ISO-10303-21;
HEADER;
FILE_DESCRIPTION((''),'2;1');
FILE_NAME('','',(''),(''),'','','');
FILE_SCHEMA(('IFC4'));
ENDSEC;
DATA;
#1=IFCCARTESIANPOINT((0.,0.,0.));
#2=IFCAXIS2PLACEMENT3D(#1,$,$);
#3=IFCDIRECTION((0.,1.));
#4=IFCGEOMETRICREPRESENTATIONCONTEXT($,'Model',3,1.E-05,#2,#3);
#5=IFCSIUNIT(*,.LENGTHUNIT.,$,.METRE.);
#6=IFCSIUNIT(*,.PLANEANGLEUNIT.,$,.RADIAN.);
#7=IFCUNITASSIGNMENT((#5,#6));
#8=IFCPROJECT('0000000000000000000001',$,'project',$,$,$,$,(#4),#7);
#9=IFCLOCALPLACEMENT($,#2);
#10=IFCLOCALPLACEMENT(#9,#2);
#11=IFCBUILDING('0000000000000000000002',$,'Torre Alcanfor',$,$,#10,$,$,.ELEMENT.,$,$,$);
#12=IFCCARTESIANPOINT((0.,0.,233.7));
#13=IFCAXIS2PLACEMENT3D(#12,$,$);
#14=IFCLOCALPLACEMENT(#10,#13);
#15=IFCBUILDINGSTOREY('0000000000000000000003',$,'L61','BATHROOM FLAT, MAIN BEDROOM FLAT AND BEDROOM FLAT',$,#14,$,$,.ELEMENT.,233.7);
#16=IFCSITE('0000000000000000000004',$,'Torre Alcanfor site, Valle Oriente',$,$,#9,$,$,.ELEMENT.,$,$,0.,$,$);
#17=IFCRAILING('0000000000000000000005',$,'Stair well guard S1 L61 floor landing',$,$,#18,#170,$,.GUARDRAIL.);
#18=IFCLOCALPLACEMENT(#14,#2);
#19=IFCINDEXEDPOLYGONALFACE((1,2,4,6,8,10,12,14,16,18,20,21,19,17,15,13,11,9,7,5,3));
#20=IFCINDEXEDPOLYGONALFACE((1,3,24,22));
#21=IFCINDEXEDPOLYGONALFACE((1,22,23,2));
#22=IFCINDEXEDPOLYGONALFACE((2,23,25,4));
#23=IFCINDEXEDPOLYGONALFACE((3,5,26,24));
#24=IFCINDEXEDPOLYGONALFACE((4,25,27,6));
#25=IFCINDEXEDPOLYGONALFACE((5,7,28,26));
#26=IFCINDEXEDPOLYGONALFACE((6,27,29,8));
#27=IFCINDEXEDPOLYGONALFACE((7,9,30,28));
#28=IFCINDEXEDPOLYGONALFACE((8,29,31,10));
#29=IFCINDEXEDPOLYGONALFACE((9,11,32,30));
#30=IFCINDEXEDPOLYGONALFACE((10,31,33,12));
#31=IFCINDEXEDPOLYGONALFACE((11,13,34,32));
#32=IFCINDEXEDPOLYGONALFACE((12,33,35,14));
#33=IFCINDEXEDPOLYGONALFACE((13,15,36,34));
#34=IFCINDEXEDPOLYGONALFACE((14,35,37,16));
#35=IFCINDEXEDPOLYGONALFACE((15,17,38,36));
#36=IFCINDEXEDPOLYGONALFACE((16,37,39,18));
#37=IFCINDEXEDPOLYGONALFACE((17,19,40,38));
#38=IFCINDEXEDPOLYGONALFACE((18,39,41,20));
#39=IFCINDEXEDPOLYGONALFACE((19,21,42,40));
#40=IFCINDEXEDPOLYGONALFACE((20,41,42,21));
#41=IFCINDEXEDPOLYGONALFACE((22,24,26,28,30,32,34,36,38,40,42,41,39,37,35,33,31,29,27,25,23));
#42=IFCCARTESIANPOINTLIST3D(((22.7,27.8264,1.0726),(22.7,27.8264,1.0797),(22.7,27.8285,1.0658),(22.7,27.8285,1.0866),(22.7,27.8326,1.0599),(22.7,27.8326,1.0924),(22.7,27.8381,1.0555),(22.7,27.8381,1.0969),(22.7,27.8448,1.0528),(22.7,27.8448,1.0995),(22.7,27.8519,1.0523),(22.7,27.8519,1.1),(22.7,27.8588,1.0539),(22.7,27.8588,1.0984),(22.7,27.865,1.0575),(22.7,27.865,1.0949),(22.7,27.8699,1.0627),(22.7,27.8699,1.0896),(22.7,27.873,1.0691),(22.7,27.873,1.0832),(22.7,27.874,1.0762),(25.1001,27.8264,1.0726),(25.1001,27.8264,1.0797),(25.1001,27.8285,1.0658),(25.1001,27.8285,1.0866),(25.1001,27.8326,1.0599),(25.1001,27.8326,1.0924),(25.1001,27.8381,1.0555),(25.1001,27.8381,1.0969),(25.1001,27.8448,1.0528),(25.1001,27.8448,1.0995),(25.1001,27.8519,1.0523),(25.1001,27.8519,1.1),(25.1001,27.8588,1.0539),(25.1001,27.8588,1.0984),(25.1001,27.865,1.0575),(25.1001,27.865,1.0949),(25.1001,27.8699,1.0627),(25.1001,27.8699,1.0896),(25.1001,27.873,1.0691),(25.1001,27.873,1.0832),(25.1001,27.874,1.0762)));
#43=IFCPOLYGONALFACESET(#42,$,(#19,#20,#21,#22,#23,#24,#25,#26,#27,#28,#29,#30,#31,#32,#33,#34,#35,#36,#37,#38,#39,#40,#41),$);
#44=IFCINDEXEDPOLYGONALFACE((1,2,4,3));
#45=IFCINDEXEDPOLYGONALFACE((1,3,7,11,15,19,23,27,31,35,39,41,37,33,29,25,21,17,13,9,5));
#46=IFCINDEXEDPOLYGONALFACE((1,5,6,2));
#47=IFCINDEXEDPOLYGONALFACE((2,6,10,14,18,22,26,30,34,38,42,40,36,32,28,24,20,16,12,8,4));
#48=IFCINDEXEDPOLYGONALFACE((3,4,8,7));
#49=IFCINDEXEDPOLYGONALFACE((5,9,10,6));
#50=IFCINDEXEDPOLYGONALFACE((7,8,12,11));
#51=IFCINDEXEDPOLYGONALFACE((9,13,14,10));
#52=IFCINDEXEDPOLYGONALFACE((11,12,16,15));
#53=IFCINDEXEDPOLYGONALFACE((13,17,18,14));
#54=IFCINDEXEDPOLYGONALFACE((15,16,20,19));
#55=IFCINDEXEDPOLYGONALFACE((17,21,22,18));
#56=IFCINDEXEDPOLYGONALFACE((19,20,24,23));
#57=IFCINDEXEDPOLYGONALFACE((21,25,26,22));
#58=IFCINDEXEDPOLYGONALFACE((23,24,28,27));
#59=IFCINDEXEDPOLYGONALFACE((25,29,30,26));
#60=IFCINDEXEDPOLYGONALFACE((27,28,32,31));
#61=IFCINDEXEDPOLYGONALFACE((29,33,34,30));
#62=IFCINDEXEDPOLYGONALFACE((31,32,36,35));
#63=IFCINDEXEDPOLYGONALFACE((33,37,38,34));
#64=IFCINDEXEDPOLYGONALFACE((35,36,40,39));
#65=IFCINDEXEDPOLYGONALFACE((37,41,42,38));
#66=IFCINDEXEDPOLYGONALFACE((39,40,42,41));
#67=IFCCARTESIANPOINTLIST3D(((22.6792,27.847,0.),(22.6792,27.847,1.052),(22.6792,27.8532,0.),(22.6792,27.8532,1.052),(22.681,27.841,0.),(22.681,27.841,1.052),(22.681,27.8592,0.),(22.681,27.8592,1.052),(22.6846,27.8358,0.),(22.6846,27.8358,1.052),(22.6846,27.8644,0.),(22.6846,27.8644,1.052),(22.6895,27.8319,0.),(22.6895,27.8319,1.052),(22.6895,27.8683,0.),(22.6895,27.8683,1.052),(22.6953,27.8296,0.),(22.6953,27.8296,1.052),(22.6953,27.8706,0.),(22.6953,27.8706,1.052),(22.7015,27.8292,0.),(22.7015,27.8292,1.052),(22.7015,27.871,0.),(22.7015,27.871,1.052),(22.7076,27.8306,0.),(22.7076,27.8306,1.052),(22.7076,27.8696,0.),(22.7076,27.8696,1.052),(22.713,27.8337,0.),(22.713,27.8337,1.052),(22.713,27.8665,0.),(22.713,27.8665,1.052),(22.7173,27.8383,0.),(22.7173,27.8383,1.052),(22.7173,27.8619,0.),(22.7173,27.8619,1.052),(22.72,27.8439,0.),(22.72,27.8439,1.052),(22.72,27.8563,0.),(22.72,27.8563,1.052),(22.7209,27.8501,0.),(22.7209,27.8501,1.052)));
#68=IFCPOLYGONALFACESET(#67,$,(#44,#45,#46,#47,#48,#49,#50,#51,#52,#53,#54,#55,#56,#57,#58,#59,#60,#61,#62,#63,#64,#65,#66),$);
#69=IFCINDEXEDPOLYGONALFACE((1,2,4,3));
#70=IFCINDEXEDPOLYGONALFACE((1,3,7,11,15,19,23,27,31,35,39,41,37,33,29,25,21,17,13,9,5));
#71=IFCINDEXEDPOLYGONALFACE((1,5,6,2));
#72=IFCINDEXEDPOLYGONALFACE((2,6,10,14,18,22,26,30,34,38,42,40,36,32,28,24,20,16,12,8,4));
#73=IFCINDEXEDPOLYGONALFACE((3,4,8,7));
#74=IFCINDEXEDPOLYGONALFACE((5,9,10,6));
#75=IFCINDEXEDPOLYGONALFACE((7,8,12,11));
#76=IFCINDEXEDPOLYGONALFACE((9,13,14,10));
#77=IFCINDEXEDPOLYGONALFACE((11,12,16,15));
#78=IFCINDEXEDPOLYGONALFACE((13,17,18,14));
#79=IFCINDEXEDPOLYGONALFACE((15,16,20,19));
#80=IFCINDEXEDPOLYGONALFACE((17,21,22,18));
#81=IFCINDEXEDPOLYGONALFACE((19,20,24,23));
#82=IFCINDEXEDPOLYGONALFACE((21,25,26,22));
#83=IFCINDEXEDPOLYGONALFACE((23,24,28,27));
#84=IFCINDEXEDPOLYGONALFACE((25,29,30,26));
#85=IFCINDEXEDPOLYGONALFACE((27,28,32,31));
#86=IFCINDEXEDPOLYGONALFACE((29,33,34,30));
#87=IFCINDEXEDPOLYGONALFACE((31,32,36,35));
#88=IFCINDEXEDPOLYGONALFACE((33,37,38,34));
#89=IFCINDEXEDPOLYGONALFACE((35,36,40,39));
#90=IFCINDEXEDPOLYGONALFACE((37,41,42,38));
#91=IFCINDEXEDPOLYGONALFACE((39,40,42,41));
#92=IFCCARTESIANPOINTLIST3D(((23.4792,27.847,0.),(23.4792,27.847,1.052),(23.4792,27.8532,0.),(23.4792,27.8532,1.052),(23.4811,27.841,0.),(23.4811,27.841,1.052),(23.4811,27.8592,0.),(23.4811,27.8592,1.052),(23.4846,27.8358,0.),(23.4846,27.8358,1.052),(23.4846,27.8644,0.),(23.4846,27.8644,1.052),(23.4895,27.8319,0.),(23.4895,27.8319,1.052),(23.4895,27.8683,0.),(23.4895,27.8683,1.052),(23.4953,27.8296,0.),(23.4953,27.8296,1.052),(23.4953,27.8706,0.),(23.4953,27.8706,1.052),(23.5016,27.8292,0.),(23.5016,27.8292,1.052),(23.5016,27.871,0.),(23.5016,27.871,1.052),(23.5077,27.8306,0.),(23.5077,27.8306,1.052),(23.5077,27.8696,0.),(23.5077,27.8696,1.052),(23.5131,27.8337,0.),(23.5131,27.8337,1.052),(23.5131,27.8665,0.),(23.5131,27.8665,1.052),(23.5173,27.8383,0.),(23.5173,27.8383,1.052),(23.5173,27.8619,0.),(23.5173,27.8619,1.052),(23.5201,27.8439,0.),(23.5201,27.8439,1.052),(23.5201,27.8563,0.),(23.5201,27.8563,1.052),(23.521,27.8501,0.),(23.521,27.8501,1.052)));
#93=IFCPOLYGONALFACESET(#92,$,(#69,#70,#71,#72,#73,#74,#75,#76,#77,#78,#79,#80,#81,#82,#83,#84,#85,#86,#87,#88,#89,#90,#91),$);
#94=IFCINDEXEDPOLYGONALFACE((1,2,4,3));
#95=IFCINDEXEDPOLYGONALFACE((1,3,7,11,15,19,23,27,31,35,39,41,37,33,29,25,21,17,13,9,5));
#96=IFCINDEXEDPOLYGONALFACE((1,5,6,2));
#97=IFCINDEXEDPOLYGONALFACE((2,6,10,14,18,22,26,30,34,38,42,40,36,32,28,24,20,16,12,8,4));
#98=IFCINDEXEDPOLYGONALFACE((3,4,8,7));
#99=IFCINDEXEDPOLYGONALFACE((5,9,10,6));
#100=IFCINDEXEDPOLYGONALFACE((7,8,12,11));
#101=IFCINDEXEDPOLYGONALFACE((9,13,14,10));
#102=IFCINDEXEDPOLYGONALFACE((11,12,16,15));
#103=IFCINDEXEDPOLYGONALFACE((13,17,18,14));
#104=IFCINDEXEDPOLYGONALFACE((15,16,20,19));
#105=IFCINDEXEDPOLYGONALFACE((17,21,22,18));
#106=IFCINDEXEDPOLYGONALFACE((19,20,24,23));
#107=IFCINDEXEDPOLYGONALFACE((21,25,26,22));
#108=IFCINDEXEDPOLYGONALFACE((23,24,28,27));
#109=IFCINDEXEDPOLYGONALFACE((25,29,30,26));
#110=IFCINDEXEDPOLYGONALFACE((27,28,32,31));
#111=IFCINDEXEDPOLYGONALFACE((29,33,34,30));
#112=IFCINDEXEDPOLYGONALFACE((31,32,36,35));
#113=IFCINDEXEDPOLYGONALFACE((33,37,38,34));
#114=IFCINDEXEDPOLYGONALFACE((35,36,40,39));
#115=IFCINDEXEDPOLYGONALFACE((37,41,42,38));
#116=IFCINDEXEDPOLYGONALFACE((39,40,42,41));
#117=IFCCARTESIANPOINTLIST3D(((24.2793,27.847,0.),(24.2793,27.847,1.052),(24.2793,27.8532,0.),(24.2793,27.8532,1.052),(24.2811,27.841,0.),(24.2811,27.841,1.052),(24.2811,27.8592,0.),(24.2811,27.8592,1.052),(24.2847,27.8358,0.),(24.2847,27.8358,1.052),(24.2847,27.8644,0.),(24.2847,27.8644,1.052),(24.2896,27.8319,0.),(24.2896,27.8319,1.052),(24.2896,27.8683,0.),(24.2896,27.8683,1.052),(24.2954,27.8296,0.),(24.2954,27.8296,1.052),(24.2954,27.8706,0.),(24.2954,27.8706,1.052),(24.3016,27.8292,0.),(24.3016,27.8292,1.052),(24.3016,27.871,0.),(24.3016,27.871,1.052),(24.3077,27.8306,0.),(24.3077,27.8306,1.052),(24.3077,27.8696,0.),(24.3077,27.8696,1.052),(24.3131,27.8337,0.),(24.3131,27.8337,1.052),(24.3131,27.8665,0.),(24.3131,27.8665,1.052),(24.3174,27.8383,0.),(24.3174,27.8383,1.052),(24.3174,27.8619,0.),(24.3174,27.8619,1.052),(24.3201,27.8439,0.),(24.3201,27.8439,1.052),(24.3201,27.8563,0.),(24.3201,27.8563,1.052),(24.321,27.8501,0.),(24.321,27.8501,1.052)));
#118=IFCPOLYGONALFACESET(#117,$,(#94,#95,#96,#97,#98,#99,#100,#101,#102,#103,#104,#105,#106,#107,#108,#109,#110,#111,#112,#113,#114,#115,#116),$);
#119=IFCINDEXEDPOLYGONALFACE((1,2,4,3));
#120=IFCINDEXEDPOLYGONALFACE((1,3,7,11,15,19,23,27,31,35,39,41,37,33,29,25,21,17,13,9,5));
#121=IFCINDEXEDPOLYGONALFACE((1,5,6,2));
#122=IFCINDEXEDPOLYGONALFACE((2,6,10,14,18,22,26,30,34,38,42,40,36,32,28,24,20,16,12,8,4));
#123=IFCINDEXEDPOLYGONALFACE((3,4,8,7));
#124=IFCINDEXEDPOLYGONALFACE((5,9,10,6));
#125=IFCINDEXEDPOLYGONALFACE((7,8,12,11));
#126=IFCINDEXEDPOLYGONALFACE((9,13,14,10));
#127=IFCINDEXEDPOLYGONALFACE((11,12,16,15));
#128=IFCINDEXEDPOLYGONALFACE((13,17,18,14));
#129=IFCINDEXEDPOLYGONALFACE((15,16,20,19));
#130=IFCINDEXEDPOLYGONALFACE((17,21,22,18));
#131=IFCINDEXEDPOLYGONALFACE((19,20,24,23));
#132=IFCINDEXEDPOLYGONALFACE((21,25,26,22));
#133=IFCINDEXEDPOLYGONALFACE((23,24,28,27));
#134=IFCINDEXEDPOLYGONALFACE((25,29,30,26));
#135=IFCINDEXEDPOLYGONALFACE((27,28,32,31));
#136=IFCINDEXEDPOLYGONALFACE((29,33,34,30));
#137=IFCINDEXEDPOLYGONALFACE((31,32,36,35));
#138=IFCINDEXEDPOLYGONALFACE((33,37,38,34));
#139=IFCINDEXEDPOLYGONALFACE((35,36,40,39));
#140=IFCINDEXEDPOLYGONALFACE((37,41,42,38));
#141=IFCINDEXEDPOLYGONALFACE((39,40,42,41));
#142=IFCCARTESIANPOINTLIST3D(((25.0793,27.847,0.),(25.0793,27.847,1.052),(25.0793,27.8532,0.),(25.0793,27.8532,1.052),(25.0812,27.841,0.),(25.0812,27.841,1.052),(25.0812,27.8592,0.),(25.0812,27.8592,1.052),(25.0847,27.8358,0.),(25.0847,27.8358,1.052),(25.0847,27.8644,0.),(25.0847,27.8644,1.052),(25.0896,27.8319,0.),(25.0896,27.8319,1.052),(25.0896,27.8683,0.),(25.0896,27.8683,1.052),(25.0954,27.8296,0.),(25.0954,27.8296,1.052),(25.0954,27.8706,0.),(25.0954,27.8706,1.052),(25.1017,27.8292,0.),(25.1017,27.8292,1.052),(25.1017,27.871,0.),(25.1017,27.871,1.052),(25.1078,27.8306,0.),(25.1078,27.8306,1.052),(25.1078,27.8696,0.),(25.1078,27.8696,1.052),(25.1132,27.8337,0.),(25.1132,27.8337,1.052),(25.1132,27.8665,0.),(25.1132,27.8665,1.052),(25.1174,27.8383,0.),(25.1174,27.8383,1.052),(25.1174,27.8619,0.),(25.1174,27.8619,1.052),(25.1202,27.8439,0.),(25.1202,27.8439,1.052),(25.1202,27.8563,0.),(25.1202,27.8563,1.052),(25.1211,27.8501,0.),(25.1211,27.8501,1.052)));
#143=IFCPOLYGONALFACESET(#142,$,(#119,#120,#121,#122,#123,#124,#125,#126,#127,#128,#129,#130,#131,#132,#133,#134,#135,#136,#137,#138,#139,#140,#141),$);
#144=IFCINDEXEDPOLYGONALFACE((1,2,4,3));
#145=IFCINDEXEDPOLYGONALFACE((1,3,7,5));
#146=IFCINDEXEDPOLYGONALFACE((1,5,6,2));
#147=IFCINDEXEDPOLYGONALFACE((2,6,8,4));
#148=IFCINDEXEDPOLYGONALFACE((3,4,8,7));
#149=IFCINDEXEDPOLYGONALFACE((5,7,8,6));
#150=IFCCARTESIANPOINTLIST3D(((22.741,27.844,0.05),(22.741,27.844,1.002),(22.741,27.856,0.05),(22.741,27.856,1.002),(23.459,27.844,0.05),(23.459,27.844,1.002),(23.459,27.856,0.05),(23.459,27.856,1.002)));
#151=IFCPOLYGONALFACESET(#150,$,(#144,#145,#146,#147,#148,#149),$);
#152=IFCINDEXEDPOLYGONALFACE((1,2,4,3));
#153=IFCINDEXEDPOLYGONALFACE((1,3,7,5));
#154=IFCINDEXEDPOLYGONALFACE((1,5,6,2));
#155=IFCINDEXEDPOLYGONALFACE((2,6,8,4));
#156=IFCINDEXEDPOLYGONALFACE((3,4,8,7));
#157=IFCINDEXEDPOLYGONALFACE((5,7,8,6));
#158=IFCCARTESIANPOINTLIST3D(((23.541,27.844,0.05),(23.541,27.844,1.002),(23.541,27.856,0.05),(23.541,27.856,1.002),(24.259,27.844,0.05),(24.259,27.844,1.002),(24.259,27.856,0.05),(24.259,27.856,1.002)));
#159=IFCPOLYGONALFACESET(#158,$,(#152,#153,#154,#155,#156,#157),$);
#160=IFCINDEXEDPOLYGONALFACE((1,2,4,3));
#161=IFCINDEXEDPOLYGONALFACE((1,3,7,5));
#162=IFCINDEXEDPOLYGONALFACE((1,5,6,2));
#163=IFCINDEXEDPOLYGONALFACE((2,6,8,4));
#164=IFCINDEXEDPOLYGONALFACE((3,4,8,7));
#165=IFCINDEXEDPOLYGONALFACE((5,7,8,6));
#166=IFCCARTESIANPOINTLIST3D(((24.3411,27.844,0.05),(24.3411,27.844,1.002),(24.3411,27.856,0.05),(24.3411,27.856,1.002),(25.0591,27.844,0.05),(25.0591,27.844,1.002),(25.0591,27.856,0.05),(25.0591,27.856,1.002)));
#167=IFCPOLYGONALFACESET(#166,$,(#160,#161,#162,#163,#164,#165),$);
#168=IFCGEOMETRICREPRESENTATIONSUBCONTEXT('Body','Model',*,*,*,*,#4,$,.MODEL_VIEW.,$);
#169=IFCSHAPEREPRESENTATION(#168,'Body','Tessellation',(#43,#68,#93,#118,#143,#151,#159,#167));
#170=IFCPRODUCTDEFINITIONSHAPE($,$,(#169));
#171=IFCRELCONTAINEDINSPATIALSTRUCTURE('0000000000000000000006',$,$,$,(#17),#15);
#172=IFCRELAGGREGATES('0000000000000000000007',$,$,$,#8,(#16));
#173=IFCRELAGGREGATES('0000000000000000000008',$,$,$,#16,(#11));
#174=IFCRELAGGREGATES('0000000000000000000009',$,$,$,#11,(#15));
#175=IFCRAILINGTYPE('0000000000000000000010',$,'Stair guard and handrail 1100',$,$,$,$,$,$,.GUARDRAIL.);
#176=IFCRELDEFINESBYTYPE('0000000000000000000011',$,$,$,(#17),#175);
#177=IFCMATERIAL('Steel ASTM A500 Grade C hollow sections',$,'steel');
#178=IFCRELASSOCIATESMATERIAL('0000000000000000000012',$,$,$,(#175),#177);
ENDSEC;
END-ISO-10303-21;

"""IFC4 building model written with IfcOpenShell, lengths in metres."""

from ifc_helpers import new_model, si_unit, direction, frame, origin, origin_2d, place, context, subcontext, project, spatial, polyline, circle, outline, extrude, material, type_object, element, save


model = new_model("IFC4")

# Units and contexts
model_context = context("Model", 3, precision=1e-05, world=origin(), true_north=direction((0.0, 1.0)))
body_context = subcontext(model_context, "Body", "Model", "MODEL_VIEW")
ifc_project = project(units=[si_unit("LENGTHUNIT", "METRE"), si_unit("PLANEANGLEUNIT", "RADIAN")], contexts=[model_context])

# Site, building, storey
site_placement = place(None, origin())
site = spatial("IfcSite", under=ifc_project, at=site_placement, Name="Torre Alcanfor site, Valle Oriente", CompositionType="ELEMENT", RefElevation=0.0)
building_placement = place(site_placement, origin())
building = spatial("IfcBuilding", under=site, at=building_placement, Name="Torre Alcanfor", CompositionType="ELEMENT")
storey_placement = place(building_placement, frame((0.0, 0.0, 233.7)))
storey = spatial("IfcBuildingStorey", under=building, at=storey_placement, Name="L61", Description="BATHROOM FLAT, MAIN BEDROOM FLAT AND BEDROOM FLAT", CompositionType="ELEMENT", Elevation=233.7)

# Railing
ifc_material_1 = material(Name="Steel ASTM A500 Grade C hollow sections", Category="steel")
railing_type = type_object("IfcRailingType", Name="Stair guard and handrail 1100", PredefinedType="GUARDRAIL", material=ifc_material_1)
railing_1_placement = place(storey_placement, frame((22.7, 27.8501, 0.0)))
element("IfcRailing", 1, at=railing_1_placement, inside=storey, type_object=railing_type, Name="Stair well guard S1 L61 floor landing", PredefinedType="GUARDRAIL", context=body_context, shape_type="SweptSolid", body=[
    extrude(circle(Radius=0.0239, at=origin_2d()), frame((0.0, 0.0, 1.0762), z_axis=(1.0, 0.0, 0.0), x_axis=(0.0, 1.0, 0.0)), (0.0, 0.0, 1.0), 2.4001),
    extrude(circle(Radius=0.021, at=origin_2d()), origin(), (0.0, 0.0, 1.0), 1.052),
    extrude(circle(Radius=0.021, at=origin_2d()), frame((0.8, 0.0, 0.0)), (0.0, 0.0, 1.0), 1.052),
    extrude(circle(Radius=0.021, at=origin_2d()), frame((1.6001, 0.0, 0.0)), (0.0, 0.0, 1.0), 1.052),
    extrude(circle(Radius=0.021, at=origin_2d()), frame((2.4001, 0.0, 0.0)), (0.0, 0.0, 1.0), 1.052),
    extrude(outline(polyline([(0.041, 0.05), (0.759, 0.05), (0.759, 1.002), (0.041, 1.002), (0.041, 0.05)])), frame((0.0, 0.0059, 0.0), z_axis=(0.0, -1.0, 0.0), x_axis=(1.0, 0.0, 0.0)), (0.0, 0.0, 1.0), 0.012),
    extrude(outline(polyline([(0.8411, 0.05), (1.5591, 0.05), (1.5591, 1.002), (0.8411, 1.002), (0.8411, 0.05)])), frame((0.0, 0.0059, 0.0), z_axis=(0.0, -1.0, 0.0), x_axis=(1.0, 0.0, 0.0)), (0.0, 0.0, 1.0), 0.012),
    extrude(outline(polyline([(1.6411, 0.05), (2.3591, 0.05), (2.3591, 1.002), (1.6411, 1.002), (1.6411, 0.05)])), frame((0.0, 0.0059, 0.0), z_axis=(0.0, -1.0, 0.0), x_axis=(1.0, 0.0, 0.0)), (0.0, 0.0, 1.0), 0.012),
])

save(model, "model.ifc")
